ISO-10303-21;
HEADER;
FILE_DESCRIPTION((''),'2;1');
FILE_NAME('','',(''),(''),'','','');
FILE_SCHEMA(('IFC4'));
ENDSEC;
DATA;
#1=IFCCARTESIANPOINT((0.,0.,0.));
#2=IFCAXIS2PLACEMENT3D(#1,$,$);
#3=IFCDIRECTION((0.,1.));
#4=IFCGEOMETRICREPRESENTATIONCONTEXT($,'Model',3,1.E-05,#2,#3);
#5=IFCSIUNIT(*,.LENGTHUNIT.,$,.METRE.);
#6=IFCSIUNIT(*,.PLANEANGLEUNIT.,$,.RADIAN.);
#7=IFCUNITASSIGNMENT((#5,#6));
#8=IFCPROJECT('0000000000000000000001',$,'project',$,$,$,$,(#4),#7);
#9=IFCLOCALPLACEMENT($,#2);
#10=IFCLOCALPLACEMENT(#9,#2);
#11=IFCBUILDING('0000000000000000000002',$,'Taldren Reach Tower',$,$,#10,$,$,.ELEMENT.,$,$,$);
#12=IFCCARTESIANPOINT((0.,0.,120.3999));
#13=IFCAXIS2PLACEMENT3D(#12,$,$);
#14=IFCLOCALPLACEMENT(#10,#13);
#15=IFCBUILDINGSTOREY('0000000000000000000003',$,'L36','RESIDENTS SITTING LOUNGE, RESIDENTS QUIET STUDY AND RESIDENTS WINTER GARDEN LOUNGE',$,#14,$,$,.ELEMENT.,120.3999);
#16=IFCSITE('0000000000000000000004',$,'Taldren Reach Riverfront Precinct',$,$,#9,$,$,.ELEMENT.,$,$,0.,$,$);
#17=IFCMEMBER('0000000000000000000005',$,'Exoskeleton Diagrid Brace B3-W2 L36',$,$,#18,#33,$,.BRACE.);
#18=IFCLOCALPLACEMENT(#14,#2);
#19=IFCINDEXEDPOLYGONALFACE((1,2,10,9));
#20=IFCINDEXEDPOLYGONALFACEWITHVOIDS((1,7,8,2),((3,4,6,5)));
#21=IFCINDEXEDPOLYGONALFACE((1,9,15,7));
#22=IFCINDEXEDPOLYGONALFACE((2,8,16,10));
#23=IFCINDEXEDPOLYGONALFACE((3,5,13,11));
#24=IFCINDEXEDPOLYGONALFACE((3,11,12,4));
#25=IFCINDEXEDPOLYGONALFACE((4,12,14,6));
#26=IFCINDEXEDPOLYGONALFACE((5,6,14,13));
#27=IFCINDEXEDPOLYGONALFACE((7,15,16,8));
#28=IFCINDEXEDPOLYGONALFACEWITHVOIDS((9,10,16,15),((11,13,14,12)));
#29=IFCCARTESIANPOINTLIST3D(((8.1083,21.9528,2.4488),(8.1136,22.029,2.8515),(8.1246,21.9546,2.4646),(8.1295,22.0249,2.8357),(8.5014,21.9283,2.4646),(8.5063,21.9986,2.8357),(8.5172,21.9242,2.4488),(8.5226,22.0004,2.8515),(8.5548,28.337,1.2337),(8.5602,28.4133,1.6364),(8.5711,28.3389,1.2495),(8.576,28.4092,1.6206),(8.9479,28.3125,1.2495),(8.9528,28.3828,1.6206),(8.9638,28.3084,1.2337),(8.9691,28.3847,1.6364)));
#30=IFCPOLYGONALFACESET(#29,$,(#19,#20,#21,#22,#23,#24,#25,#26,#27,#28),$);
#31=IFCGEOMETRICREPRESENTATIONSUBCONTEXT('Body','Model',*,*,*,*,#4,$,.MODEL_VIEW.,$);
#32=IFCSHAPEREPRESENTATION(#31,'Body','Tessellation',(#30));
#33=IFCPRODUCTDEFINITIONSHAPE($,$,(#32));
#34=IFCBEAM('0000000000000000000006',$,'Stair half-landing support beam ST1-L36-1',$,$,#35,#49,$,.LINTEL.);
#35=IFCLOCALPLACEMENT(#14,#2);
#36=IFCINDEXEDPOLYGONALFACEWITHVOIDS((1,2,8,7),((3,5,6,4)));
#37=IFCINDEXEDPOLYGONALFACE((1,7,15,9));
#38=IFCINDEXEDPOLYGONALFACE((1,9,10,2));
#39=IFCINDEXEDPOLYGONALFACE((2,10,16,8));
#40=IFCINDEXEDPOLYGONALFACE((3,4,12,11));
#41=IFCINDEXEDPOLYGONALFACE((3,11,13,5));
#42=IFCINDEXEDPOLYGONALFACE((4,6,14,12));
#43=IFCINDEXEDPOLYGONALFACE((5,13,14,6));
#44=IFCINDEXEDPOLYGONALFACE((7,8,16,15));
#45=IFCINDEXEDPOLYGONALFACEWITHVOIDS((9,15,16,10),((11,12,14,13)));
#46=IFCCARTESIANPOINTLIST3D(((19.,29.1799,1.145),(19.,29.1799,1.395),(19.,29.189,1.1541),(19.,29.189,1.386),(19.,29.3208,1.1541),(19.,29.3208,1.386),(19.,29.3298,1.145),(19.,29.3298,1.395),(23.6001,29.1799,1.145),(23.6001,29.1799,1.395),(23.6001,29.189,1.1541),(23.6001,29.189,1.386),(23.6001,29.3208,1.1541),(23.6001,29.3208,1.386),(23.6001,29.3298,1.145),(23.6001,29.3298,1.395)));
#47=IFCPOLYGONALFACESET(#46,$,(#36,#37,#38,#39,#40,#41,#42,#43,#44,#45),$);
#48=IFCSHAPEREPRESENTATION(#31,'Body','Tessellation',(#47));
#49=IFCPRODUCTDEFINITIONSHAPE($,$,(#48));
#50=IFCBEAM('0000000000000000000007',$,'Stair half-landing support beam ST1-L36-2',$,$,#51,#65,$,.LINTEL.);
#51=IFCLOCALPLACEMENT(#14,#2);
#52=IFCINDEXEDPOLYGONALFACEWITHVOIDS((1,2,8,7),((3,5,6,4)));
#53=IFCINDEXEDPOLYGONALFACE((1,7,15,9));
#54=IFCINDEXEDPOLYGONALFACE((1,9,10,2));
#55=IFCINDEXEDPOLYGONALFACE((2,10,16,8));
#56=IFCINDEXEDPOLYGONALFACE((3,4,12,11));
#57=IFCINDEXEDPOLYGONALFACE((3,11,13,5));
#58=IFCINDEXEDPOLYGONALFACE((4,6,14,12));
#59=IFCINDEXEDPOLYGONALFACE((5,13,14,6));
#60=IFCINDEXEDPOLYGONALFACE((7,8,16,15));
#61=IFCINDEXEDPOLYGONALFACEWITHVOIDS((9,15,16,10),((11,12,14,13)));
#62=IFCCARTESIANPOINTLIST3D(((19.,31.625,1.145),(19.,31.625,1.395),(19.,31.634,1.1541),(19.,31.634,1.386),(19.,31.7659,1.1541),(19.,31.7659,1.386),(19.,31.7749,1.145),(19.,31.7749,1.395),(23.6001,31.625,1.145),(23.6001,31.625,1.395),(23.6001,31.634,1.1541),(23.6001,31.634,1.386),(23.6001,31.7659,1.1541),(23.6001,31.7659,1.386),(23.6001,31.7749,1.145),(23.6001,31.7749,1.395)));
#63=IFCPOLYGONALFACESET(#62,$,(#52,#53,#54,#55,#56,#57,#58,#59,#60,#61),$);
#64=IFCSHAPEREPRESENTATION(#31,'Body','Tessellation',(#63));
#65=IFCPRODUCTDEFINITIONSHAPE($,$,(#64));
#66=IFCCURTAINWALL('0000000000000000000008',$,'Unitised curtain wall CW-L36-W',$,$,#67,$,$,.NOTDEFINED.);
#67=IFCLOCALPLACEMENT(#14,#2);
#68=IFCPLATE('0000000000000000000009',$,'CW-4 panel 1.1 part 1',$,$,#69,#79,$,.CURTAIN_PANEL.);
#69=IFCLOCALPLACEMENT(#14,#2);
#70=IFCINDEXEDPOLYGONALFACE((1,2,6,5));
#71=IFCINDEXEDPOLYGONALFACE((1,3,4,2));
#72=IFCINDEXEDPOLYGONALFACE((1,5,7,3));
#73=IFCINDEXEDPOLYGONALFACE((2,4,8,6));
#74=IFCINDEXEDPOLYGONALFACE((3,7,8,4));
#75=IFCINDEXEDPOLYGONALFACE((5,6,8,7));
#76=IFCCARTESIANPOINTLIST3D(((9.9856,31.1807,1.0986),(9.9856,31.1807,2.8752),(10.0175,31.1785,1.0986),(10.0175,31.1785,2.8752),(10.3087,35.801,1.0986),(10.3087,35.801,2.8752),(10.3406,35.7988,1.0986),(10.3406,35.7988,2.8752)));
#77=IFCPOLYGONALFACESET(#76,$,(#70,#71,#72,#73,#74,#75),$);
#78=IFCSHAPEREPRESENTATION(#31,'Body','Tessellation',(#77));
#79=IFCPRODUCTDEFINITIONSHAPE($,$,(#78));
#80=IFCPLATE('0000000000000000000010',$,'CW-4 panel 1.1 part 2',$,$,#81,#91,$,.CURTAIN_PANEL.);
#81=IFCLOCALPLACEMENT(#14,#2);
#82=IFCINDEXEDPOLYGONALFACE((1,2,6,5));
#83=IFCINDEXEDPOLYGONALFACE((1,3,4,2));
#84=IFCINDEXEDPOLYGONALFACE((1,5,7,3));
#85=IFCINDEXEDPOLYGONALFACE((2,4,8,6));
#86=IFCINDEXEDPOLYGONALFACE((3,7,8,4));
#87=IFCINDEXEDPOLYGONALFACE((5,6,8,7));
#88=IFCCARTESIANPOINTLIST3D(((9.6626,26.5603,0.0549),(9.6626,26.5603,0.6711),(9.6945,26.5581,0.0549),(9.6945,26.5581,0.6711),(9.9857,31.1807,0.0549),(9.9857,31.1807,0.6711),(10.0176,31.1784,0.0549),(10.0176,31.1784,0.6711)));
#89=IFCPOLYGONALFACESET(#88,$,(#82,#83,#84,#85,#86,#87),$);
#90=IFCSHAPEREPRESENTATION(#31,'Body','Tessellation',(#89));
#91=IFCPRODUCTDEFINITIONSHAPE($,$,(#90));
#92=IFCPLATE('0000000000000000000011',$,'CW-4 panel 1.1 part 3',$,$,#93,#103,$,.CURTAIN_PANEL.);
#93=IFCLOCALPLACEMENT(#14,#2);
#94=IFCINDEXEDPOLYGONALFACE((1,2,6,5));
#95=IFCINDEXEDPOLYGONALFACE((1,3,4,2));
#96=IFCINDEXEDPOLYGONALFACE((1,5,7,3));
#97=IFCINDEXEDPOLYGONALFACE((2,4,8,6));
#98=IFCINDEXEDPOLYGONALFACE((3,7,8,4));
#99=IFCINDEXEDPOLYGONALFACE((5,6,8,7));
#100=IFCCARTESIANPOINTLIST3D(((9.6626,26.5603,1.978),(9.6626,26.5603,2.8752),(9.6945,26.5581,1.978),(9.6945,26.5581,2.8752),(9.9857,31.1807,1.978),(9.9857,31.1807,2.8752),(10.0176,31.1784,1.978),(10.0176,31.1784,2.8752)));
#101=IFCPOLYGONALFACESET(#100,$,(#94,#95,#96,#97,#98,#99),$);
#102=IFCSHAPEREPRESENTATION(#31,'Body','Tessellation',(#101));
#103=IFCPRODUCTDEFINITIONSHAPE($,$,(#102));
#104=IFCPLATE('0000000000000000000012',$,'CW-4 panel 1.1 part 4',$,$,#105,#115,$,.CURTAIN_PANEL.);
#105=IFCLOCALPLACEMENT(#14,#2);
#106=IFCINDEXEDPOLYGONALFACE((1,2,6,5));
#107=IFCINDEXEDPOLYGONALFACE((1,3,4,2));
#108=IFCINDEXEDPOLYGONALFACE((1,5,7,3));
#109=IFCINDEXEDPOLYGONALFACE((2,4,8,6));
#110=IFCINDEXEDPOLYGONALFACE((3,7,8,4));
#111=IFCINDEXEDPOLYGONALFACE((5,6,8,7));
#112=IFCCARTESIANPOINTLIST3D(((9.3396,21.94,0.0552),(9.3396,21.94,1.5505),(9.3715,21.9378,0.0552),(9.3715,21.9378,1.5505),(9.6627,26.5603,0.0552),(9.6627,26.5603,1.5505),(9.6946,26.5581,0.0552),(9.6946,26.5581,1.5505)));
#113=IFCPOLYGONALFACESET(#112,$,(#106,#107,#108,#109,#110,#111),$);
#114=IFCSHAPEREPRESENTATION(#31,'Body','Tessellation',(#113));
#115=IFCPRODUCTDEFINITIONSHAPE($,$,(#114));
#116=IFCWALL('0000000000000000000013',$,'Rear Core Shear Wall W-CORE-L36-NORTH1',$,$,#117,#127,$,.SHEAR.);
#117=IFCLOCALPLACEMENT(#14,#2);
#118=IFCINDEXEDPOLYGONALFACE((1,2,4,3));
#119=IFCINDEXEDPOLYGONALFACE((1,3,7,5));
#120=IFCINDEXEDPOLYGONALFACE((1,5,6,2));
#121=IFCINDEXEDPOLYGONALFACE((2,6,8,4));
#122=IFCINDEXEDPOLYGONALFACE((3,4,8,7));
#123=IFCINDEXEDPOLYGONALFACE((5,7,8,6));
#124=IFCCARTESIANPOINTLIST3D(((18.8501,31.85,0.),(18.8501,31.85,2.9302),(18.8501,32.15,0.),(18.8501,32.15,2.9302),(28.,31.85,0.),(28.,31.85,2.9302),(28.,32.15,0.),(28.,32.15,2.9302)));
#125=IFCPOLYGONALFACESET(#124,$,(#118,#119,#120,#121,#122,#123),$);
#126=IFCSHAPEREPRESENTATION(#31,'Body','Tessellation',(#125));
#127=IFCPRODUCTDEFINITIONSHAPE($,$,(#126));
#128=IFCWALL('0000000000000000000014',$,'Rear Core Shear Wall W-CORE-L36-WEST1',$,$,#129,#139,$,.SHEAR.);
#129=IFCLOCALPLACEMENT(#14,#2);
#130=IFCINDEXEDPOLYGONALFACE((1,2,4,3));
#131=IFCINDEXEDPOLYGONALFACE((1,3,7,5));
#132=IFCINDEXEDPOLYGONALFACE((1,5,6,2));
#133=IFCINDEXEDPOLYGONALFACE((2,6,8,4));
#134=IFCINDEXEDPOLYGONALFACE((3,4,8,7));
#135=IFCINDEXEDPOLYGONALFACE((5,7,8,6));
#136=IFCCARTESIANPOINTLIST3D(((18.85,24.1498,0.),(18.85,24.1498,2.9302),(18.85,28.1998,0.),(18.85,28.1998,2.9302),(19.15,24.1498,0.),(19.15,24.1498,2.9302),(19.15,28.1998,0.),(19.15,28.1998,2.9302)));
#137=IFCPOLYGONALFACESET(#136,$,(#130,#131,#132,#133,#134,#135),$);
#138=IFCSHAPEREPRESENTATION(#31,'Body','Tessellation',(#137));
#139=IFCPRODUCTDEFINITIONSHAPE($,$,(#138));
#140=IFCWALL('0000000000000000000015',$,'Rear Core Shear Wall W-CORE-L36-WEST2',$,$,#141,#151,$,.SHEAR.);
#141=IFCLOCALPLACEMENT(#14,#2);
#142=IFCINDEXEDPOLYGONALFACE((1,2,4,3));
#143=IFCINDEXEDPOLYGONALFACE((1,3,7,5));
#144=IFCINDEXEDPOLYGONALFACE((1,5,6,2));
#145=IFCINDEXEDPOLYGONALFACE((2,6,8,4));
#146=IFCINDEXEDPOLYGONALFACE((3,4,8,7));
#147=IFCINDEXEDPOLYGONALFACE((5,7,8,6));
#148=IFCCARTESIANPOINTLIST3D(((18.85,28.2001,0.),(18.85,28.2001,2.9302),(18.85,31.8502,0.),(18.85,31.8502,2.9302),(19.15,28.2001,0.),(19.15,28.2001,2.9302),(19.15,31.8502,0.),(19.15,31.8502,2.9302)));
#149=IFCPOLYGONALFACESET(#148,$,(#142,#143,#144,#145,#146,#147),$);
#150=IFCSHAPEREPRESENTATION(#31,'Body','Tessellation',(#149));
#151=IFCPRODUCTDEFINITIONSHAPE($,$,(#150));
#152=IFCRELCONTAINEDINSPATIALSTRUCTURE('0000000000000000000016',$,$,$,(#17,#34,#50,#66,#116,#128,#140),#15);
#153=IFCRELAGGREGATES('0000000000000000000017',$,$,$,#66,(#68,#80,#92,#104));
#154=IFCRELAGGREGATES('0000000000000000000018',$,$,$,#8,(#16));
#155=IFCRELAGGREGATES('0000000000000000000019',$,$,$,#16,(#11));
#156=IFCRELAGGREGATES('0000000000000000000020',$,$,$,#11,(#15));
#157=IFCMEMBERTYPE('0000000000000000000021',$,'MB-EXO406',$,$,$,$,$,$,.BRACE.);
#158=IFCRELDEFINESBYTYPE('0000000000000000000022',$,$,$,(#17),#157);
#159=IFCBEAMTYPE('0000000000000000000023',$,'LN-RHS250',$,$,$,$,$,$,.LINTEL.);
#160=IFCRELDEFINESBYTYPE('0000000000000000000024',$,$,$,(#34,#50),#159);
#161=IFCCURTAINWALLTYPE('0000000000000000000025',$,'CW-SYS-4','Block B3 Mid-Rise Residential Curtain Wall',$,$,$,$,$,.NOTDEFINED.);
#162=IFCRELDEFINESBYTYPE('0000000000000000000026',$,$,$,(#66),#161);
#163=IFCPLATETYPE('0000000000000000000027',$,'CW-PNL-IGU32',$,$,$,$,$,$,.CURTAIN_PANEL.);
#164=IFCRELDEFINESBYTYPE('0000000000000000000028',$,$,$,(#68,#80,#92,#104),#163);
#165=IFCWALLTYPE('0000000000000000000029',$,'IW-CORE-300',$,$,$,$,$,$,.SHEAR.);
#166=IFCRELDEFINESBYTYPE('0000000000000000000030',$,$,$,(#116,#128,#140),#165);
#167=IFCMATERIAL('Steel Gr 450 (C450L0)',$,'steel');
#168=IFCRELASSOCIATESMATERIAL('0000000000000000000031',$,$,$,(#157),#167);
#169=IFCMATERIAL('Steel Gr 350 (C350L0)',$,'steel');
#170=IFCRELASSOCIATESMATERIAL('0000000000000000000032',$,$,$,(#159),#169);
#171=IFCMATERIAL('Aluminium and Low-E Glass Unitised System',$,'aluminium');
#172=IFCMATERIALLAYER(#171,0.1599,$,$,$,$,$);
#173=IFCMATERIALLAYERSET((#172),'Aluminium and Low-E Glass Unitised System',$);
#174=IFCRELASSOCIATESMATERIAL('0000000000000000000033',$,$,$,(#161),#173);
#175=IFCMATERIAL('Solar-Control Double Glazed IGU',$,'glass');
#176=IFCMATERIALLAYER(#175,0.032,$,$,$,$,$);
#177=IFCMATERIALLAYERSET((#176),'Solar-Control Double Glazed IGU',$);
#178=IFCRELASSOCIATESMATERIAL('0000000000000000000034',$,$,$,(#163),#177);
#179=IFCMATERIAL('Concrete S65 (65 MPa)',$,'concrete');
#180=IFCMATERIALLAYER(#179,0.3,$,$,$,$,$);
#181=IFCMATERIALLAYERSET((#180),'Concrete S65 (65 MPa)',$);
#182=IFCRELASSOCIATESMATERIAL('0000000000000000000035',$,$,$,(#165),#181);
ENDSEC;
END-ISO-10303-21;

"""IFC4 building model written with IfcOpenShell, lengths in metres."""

from ifc_helpers import new_model, si_unit, direction, frame, frame_2d, origin, origin_2d, place, context, subcontext, project, spatial, rectangle, hollow_rectangle, extrude, source, transform, mapped, material, layer, layer_set, material_profile, profile_set, type_object, element, aggregate, save


model = new_model("IFC4")

# Units and contexts
model_context = context("Model", 3, precision=1e-05, world=origin(), true_north=direction((0.0, 1.0)))
body_context = subcontext(model_context, "Body", "Model", "MODEL_VIEW")
ifc_project = project(units=[si_unit("LENGTHUNIT", "METRE"), si_unit("PLANEANGLEUNIT", "RADIAN")], contexts=[model_context])

# Site, building, storey
site_placement = place(None, origin())
site = spatial("IfcSite", under=ifc_project, at=site_placement, Name="Taldren Reach Riverfront Precinct", CompositionType="ELEMENT", RefElevation=0.0)
building_placement = place(site_placement, origin())
building = spatial("IfcBuilding", under=site, at=building_placement, Name="Taldren Reach Tower", CompositionType="ELEMENT")
storey_placement = place(building_placement, frame((0.0, 0.0, 120.3999)))
storey = spatial("IfcBuildingStorey", under=building, at=storey_placement, Name="L36", Description="RESIDENTS SITTING LOUNGE, RESIDENTS QUIET STUDY AND RESIDENTS WINTER GARDEN LOUNGE", CompositionType="ELEMENT", Elevation=120.3999)

# Shared definitions
ifc_material_1 = material(Name="Steel Gr 450 (C450L0)", Category="steel")

# Member
ifc_material_profile_1 = material_profile(ifc_material_1, hollow_rectangle(XDim=0.4099, YDim=0.4099, WallThickness=0.0161, at=origin_2d()), Name="410x410x16.0SHS")
ifc_profile_set_1 = profile_set([ifc_material_profile_1], Name="Steel Gr 450 (C450L0)")
member_type = type_object("IfcMemberType", Name="MB-EXO406", PredefinedType="BRACE", material=ifc_profile_set_1)
shared_shape_1 = source(origin(), body_context, "Body", "SweptSolid", [
    extrude(hollow_rectangle(XDim=0.4099, YDim=0.4099, WallThickness=0.0161, at=origin_2d()), origin(), (0.0, 0.0, 1.0), 6.5142),
])
member_placement = place(storey_placement, frame((8.762, 28.3608, 1.4351), z_axis=(-0.068548, -0.980055, 0.186529), x_axis=(0.997563, -0.069772, 0.0)))
element("IfcMember", 1, at=member_placement, inside=storey, type_object=member_type, Name="Exoskeleton Diagrid Brace B3-W2 L36", PredefinedType="BRACE", context=body_context, shape_type="MappedRepresentation", body=[
    mapped(shared_shape_1, transform((0.0, 0.0, 0.0), scale=1.0)),
])

# Beams
ifc_material_2 = material(Name="Steel Gr 350 (C350L0)", Category="steel")
ifc_material_profile_2 = material_profile(ifc_material_2, hollow_rectangle(XDim=0.1499, YDim=0.25, WallThickness=0.009, at=origin_2d()), Name="250x150x9.0RHS")
ifc_profile_set_2 = profile_set([ifc_material_profile_2], Name="Steel Gr 350 (C350L0)")
beam_type_1 = type_object("IfcBeamType", Name="LN-RHS250", PredefinedType="LINTEL", material=ifc_profile_set_2)
shared_shape_2 = source(origin(), body_context, "Body", "SweptSolid", [
    extrude(hollow_rectangle(XDim=0.1499, YDim=0.25, WallThickness=0.009, at=origin_2d()), origin(), (0.0, 0.0, 1.0), 4.6001),
])
for number, where, z_axis, x_axis, name in (
    (2, (19.0, 29.2549, 1.27), (1.0, 0.0, 0.0), (0.0, 1.0, 0.0), "Stair half-landing support beam ST1-L36-1"),
    (3, (19.0, 31.7, 1.27), (1.0, 0.0, 0.0), (0.0, 1.0, 0.0), "Stair half-landing support beam ST1-L36-2"),
):
    element("IfcBeam", number, at=place(storey_placement, frame(where, z_axis=z_axis, x_axis=x_axis)), inside=storey, type_object=beam_type_1, Name=name, PredefinedType="LINTEL", context=body_context, shape_type="MappedRepresentation", body=[
        mapped(shared_shape_2, transform((0.0, 0.0, 0.0), scale=1.0)),
    ])

# Curtain wall, plates
ifc_material_3 = material(Name="Aluminium and Low-E Glass Unitised System", Category="aluminium")
ifc_layer_1 = layer(ifc_material_3, 0.1599)
ifc_layer_set_1 = layer_set([ifc_layer_1], Name="Aluminium and Low-E Glass Unitised System")
curtain_wall_type = type_object("IfcCurtainWallType", Name="CW-SYS-4", Description="Block B3 Mid-Rise Residential Curtain Wall", PredefinedType="NOTDEFINED", material=ifc_layer_set_1)
curtain_wall_placement = place(storey_placement, origin())
curtain_wall = element("IfcCurtainWall", 4, at=curtain_wall_placement, inside=storey, type_object=curtain_wall_type, Name="Unitised curtain wall CW-L36-W", PredefinedType="NOTDEFINED")
ifc_material_4 = material(Name="Solar-Control Double Glazed IGU", Category="glass")
ifc_layer_2 = layer(ifc_material_4, 0.032)
ifc_layer_set_2 = layer_set([ifc_layer_2], Name="Solar-Control Double Glazed IGU")
plate_type = type_object("IfcPlateType", Name="CW-PNL-IGU32", PredefinedType="CURTAIN_PANEL", material=ifc_layer_set_2)
shared_shape_3 = source(origin(), body_context, "Body", "SweptSolid", [
    extrude(rectangle(XDim=4.6316, YDim=0.032, at=origin_2d()), origin(), (0.0, 0.0, 1.0), 1.7766),
])
plate_1_placement = place(storey_placement, frame((10.1631, 33.4897, 1.0986), z_axis=(0.0, 0.0, 1.0), x_axis=(-0.069756, -0.997564, 0.0)))
plate_1 = element("IfcPlate", 5, at=plate_1_placement, type_object=plate_type, Name="CW-4 panel 1.1 part 1", PredefinedType="CURTAIN_PANEL", context=body_context, shape_type="MappedRepresentation", body=[
    mapped(shared_shape_3, transform((0.0, 0.0, 0.0), scale=1.0)),
])
shared_shape_4 = source(origin(), body_context, "Body", "SweptSolid", [
    extrude(rectangle(XDim=4.6316, YDim=0.032, at=origin_2d()), origin(), (0.0, 0.0, 1.0), 0.6162),
])
plate_2_placement = place(storey_placement, frame((9.8401, 28.8694, 0.0549), z_axis=(0.0, 0.0, 1.0), x_axis=(-0.069756, -0.997564, 0.0)))
plate_2 = element("IfcPlate", 6, at=plate_2_placement, type_object=plate_type, Name="CW-4 panel 1.1 part 2", PredefinedType="CURTAIN_PANEL", context=body_context, shape_type="MappedRepresentation", body=[
    mapped(shared_shape_4, transform((0.0, 0.0, 0.0), scale=1.0)),
])
shared_shape_5 = source(origin(), body_context, "Body", "SweptSolid", [
    extrude(rectangle(XDim=4.6316, YDim=0.032, at=origin_2d()), origin(), (0.0, 0.0, 1.0), 0.8972),
])
plate_3_placement = place(storey_placement, frame((9.8401, 28.8694, 1.978), z_axis=(0.0, 0.0, 1.0), x_axis=(-0.069756, -0.997564, 0.0)))
plate_3 = element("IfcPlate", 7, at=plate_3_placement, type_object=plate_type, Name="CW-4 panel 1.1 part 3", PredefinedType="CURTAIN_PANEL", context=body_context, shape_type="MappedRepresentation", body=[
    mapped(shared_shape_5, transform((0.0, 0.0, 0.0), scale=1.0)),
])
shared_shape_6 = source(origin(), body_context, "Body", "SweptSolid", [
    extrude(rectangle(XDim=4.6316, YDim=0.032, at=origin_2d()), origin(), (0.0, 0.0, 1.0), 1.4954),
])
plate_4_placement = place(storey_placement, frame((9.5171, 24.249, 0.0552), z_axis=(0.0, 0.0, 1.0), x_axis=(-0.069756, -0.997564, 0.0)))
plate_4 = element("IfcPlate", 8, at=plate_4_placement, type_object=plate_type, Name="CW-4 panel 1.1 part 4", PredefinedType="CURTAIN_PANEL", context=body_context, shape_type="MappedRepresentation", body=[
    mapped(shared_shape_6, transform((0.0, 0.0, 0.0), scale=1.0)),
])
aggregate(curtain_wall, [plate_1, plate_2, plate_3, plate_4])

# Walls
ifc_material_5 = material(Name="Concrete S65 (65 MPa)", Category="concrete")
ifc_layer_3 = layer(ifc_material_5, 0.3)
ifc_layer_set_3 = layer_set([ifc_layer_3], Name="Concrete S65 (65 MPa)")
wall_type = type_object("IfcWallType", Name="IW-CORE-300", PredefinedType="SHEAR", material=ifc_layer_set_3)
shared_shape_7 = source(origin(), body_context, "Body", "SweptSolid", [
    extrude(rectangle(XDim=9.1499, YDim=0.3, at=frame_2d((4.575, 0.0))), origin(), (0.0, 0.0, 1.0), 2.9302),
])
wall_1_placement = place(storey_placement, frame((18.8501, 32.0, 0.0), z_axis=(0.0, 0.0, 1.0), x_axis=(1.0, 0.0, 0.0)))
element("IfcWall", 9, at=wall_1_placement, inside=storey, type_object=wall_type, Name="Rear Core Shear Wall W-CORE-L36-NORTH1", PredefinedType="SHEAR", context=body_context, shape_type="MappedRepresentation", body=[
    mapped(shared_shape_7, transform((0.0, 0.0, 0.0), scale=1.0)),
])
shared_shape_8 = source(origin(), body_context, "Body", "SweptSolid", [
    extrude(rectangle(XDim=4.05, YDim=0.3, at=frame_2d((2.0249, 0.0))), origin(), (0.0, 0.0, 1.0), 2.9302),
])
wall_2_placement = place(storey_placement, frame((19.0, 24.1499, 0.0), z_axis=(0.0, 0.0, 1.0), x_axis=(0.0, 1.0, 0.0)))
element("IfcWall", 10, at=wall_2_placement, inside=storey, type_object=wall_type, Name="Rear Core Shear Wall W-CORE-L36-WEST1", PredefinedType="SHEAR", context=body_context, shape_type="MappedRepresentation", body=[
    mapped(shared_shape_8, transform((0.0, 0.0, 0.0), scale=1.0)),
])
shared_shape_9 = source(origin(), body_context, "Body", "SweptSolid", [
    extrude(rectangle(XDim=3.6501, YDim=0.3, at=frame_2d((1.8252, 0.0))), origin(), (0.0, 0.0, 1.0), 2.9302),
])
wall_3_placement = place(storey_placement, frame((19.0, 28.2, 0.0), z_axis=(0.0, 0.0, 1.0), x_axis=(0.0, 1.0, 0.0)))
element("IfcWall", 11, at=wall_3_placement, inside=storey, type_object=wall_type, Name="Rear Core Shear Wall W-CORE-L36-WEST2", PredefinedType="SHEAR", context=body_context, shape_type="MappedRepresentation", body=[
    mapped(shared_shape_9, transform((0.0, 0.0, 0.0), scale=1.0)),
])

save(model, "model.ifc")
